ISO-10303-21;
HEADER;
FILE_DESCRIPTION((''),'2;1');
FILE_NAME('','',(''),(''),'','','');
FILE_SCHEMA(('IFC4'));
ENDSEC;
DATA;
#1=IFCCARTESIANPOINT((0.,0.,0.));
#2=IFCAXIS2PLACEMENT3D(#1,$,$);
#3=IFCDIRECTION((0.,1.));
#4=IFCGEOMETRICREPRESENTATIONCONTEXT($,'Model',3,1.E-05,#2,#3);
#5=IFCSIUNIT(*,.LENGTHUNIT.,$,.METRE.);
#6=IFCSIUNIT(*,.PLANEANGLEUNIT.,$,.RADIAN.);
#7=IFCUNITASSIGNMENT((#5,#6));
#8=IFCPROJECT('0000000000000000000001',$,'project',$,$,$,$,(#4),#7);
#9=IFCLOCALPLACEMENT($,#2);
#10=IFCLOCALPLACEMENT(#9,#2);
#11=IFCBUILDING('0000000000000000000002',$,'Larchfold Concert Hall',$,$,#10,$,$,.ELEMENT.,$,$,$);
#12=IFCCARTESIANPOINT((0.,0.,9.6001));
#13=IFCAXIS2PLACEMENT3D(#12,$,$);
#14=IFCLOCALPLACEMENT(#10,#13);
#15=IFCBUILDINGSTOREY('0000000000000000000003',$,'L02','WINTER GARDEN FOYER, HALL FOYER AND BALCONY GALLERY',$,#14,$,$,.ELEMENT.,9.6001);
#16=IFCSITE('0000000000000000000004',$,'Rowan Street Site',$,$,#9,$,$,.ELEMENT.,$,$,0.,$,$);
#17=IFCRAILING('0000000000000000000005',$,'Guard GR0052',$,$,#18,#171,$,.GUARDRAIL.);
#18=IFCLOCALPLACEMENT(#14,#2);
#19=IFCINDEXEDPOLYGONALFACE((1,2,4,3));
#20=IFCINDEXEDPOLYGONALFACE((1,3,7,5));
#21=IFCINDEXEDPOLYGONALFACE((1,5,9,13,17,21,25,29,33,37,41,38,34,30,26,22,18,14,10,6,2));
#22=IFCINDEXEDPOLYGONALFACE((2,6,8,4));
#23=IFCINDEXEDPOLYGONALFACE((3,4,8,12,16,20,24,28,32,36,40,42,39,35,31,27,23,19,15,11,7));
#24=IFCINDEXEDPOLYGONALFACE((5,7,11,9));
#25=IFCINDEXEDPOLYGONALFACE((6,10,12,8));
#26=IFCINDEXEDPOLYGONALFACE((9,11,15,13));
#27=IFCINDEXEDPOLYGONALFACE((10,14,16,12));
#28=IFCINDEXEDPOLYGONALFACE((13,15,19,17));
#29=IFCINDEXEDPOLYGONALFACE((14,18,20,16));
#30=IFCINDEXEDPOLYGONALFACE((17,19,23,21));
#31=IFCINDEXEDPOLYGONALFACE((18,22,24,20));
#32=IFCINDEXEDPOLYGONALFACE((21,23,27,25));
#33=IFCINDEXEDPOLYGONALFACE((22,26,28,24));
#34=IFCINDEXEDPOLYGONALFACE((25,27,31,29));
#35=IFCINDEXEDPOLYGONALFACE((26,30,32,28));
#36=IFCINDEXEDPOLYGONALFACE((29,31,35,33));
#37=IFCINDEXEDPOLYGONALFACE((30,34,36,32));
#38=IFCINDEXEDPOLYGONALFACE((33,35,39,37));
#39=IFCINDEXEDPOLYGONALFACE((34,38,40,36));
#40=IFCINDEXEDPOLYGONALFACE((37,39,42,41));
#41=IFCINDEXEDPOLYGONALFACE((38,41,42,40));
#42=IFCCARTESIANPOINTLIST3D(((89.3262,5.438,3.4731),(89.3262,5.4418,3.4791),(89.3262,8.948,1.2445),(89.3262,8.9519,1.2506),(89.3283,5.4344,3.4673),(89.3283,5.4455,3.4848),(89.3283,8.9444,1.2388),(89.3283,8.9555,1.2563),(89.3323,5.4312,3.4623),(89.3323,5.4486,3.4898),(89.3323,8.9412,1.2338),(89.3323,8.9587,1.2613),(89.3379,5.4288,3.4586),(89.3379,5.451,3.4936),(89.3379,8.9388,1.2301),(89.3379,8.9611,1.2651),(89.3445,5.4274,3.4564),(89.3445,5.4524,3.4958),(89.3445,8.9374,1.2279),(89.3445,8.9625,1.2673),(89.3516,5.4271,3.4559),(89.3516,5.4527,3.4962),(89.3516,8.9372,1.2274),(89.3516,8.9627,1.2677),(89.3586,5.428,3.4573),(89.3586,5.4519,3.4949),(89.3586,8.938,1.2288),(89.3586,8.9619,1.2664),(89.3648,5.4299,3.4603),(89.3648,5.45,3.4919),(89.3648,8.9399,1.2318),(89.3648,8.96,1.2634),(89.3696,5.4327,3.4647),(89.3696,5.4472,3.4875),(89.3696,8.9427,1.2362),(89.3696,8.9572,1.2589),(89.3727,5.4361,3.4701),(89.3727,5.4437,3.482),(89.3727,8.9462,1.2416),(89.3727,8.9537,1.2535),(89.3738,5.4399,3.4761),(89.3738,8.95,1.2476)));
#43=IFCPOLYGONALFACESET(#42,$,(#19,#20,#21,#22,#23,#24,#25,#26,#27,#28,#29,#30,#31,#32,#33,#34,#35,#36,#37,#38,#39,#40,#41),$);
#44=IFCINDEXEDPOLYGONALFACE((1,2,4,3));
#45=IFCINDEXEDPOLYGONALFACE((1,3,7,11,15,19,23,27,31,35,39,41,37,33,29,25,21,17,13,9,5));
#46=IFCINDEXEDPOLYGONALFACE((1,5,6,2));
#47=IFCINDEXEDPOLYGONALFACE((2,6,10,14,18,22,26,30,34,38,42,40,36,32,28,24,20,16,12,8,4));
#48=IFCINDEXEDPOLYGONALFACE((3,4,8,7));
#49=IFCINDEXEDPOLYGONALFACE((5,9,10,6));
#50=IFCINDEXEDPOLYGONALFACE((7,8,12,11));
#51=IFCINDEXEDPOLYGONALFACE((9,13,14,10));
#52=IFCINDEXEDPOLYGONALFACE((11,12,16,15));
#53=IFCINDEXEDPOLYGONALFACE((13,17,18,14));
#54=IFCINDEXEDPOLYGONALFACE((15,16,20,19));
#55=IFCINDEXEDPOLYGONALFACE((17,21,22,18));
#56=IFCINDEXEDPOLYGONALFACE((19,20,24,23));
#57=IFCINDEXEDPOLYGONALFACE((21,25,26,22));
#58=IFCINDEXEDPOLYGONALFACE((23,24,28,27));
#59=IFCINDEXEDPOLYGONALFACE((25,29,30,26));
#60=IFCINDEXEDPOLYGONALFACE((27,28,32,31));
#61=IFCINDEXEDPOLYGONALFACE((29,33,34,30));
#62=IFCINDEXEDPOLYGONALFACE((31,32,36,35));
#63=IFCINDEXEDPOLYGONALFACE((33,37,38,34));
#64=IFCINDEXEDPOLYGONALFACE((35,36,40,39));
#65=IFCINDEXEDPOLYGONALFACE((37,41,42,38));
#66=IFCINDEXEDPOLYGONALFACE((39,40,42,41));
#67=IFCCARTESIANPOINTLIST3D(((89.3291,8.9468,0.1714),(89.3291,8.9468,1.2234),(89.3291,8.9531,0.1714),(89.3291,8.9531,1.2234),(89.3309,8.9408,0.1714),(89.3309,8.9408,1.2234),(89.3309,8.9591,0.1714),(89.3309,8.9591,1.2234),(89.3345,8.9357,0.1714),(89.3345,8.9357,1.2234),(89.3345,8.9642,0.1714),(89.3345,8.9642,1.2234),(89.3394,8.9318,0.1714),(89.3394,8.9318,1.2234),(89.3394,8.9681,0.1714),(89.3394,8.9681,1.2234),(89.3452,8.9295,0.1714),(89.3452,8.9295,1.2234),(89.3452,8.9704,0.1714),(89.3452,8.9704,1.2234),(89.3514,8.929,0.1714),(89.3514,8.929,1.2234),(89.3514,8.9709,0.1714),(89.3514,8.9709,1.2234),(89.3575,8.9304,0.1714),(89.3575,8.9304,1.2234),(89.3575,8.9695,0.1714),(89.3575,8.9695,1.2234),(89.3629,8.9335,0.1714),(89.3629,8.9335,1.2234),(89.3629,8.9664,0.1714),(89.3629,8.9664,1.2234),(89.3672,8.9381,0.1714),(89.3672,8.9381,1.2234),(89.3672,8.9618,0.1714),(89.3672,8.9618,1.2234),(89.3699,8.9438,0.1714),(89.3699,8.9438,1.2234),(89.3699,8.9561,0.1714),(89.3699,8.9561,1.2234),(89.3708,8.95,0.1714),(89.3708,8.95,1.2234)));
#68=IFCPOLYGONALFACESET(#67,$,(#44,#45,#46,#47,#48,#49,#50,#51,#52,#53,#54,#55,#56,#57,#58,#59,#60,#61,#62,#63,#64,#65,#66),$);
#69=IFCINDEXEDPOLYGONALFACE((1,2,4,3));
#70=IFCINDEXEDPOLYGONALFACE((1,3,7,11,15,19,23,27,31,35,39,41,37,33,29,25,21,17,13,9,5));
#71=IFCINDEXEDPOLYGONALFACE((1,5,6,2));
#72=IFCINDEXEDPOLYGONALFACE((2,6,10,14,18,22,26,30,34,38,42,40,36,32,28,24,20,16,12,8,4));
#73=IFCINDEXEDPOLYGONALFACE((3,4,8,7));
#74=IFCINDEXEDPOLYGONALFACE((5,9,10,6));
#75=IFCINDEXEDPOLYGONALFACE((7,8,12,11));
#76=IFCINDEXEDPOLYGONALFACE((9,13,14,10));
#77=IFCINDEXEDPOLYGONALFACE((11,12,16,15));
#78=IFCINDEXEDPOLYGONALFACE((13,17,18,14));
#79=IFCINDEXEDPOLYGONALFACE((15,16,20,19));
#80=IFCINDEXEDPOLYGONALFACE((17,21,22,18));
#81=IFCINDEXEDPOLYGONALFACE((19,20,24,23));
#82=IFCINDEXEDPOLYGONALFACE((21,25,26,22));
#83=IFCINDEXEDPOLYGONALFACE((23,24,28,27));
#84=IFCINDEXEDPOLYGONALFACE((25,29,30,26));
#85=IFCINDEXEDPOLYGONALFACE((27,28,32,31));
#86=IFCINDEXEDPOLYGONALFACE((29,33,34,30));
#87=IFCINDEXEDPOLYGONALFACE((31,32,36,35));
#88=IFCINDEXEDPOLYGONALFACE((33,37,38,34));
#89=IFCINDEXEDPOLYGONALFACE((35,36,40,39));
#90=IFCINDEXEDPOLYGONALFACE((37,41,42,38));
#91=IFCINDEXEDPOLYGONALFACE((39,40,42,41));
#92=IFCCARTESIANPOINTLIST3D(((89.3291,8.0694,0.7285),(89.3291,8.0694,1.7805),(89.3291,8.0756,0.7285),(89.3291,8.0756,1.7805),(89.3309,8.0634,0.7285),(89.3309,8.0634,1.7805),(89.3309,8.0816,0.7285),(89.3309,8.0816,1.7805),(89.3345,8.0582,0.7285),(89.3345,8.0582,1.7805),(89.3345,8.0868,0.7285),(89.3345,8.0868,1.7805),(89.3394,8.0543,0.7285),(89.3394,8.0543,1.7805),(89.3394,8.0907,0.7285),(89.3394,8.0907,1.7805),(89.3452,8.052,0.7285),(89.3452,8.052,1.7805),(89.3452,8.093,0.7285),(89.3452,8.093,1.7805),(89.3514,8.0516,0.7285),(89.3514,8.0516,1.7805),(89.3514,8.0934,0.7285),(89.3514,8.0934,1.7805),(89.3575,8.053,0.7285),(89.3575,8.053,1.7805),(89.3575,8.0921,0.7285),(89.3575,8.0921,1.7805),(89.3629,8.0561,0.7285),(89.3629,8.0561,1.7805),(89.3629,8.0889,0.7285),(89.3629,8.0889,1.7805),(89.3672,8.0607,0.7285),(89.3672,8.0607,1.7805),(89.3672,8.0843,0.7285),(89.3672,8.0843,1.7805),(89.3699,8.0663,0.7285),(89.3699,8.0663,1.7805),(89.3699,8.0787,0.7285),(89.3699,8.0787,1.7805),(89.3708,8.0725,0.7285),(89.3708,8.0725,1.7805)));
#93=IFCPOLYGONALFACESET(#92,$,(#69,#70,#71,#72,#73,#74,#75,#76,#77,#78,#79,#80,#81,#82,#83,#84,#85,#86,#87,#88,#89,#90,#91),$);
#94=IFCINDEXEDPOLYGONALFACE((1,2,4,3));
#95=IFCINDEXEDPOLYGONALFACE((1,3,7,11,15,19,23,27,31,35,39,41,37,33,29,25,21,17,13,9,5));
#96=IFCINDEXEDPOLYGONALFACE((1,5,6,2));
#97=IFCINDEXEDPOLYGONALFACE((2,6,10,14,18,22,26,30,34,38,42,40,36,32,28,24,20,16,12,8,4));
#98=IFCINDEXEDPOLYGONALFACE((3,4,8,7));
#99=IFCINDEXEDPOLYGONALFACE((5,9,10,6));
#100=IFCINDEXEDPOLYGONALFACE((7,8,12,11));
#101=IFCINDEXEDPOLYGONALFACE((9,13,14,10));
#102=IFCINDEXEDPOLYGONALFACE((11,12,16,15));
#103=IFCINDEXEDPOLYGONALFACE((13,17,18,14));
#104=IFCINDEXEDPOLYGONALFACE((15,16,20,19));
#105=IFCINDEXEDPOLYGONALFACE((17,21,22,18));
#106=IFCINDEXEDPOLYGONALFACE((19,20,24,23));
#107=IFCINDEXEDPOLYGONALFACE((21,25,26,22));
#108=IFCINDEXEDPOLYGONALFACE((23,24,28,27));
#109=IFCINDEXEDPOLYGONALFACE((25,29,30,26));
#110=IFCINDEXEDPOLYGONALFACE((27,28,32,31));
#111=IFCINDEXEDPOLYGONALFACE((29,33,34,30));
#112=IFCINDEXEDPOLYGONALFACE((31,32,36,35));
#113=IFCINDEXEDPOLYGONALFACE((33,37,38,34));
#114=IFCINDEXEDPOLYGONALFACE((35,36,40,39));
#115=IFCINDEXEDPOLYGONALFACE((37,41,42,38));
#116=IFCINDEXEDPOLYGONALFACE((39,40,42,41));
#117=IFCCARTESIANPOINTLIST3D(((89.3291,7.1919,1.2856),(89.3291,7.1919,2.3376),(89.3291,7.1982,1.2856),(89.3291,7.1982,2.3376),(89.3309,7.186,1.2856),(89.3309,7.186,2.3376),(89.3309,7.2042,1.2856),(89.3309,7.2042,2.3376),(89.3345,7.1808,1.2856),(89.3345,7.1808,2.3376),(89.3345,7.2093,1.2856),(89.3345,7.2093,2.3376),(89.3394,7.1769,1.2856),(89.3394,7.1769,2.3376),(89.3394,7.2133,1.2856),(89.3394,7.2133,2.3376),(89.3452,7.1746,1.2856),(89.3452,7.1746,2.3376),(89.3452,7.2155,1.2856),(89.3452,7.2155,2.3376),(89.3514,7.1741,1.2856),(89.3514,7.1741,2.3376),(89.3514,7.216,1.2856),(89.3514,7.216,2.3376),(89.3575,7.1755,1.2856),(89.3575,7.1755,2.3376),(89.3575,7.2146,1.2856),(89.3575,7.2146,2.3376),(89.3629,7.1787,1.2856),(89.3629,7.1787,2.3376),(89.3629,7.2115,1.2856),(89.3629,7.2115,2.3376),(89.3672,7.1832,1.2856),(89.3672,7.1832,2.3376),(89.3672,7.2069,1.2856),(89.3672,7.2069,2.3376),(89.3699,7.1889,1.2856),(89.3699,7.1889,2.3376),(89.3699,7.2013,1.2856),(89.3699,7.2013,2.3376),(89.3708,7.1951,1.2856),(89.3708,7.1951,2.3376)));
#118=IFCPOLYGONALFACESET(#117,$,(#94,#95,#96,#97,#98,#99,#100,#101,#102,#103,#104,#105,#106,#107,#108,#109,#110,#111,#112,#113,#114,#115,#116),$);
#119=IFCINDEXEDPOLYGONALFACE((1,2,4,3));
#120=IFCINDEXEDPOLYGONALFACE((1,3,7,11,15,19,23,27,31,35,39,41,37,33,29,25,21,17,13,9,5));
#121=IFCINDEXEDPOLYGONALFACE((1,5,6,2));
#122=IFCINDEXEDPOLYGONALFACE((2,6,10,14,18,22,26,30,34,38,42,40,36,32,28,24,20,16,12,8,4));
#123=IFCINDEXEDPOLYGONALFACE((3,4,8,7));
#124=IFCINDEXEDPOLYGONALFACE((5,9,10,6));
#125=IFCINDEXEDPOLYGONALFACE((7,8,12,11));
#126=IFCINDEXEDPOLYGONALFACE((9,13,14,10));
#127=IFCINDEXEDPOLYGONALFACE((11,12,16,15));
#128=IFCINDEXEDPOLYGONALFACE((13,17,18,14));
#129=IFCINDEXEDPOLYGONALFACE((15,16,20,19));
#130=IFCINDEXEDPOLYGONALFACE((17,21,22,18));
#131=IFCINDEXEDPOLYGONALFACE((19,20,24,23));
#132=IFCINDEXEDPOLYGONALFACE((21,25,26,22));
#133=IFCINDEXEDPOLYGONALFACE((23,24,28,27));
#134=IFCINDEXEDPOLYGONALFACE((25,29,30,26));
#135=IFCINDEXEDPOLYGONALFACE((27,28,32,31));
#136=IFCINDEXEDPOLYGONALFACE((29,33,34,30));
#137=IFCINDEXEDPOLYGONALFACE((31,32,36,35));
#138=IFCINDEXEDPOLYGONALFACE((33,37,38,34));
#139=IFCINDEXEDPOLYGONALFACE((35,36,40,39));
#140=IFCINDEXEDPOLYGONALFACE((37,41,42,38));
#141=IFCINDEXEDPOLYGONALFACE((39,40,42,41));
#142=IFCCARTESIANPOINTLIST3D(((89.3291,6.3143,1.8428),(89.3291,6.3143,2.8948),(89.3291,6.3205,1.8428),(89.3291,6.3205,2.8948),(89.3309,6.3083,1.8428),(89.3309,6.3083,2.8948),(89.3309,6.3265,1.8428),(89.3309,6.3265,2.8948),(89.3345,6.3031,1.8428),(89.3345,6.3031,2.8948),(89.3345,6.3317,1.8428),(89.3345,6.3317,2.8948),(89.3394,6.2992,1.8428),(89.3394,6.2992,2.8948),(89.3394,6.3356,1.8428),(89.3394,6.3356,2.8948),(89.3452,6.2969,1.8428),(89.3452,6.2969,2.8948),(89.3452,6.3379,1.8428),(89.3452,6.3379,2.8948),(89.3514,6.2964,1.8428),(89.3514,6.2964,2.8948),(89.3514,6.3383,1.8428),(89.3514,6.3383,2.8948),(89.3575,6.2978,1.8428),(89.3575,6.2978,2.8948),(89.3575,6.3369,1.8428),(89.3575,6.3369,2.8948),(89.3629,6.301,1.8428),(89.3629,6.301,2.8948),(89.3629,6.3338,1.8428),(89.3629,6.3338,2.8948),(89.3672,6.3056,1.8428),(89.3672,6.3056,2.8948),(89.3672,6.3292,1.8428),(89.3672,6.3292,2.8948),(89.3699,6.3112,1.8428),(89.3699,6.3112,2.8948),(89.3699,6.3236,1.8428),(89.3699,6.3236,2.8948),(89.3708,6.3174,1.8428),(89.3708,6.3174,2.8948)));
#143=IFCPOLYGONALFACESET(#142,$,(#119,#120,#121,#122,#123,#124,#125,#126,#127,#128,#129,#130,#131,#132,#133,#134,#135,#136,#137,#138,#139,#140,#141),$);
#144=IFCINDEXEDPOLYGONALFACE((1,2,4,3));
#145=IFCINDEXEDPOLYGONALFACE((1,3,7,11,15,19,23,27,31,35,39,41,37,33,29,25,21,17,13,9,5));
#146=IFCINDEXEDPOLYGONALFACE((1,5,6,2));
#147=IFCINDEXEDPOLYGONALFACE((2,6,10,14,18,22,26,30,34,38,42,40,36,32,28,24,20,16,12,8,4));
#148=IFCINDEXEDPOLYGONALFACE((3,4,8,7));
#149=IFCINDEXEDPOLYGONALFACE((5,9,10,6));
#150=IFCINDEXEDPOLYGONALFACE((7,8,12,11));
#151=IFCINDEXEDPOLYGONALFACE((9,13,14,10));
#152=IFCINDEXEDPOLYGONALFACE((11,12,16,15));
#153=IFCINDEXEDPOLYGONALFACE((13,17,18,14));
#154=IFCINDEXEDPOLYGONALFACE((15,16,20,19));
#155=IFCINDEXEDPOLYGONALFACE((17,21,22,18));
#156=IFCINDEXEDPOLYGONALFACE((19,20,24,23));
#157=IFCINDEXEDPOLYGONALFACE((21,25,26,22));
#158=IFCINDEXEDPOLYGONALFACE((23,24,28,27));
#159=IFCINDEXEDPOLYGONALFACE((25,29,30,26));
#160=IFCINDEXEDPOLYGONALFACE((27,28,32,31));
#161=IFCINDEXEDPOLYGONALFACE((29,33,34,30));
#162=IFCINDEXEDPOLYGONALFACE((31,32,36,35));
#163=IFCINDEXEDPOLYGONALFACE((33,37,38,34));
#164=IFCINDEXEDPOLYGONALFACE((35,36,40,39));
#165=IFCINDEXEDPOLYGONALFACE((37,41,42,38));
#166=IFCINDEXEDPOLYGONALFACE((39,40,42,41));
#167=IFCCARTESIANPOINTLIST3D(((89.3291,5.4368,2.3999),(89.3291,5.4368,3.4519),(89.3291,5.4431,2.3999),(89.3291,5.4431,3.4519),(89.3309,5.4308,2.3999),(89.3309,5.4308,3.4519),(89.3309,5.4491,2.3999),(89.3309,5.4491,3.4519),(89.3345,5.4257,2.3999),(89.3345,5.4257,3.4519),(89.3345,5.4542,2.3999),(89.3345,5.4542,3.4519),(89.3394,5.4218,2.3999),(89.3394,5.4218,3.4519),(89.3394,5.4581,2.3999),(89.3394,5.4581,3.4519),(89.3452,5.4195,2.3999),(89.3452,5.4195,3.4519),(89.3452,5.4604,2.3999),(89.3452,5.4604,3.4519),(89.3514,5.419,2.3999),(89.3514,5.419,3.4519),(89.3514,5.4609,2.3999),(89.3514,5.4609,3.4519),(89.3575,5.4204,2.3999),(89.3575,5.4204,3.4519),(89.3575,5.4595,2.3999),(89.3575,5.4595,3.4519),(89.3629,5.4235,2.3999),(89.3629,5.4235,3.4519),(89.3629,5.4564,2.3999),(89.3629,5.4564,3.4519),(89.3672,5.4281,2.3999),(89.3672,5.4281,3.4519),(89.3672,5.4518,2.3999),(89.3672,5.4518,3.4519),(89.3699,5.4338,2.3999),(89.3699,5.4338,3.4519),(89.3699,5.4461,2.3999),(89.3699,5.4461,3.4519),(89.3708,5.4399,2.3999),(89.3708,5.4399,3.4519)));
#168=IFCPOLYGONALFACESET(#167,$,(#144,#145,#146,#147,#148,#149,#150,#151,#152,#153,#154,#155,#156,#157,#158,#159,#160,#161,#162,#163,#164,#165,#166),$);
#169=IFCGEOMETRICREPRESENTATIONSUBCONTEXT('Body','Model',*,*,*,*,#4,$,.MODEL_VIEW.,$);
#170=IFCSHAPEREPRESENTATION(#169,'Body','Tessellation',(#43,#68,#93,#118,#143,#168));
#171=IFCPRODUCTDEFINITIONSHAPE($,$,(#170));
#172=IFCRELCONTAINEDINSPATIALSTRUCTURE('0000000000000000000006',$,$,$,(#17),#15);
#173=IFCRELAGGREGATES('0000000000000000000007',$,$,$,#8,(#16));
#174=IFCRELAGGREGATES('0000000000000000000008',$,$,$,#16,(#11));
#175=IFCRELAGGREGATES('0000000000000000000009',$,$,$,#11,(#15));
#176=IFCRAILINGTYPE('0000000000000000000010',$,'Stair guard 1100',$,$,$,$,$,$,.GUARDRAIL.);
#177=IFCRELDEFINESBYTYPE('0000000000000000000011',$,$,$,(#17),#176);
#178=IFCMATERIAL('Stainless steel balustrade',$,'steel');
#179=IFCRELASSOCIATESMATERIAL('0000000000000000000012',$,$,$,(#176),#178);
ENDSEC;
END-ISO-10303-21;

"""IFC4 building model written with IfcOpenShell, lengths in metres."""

from ifc_helpers import new_model, si_unit, direction, frame, origin, origin_2d, place, context, subcontext, project, spatial, circle, extrude, material, type_object, element, save


model = new_model("IFC4")

# Units and contexts
model_context = context("Model", 3, precision=1e-05, world=origin(), true_north=direction((0.0, 1.0)))
body_context = subcontext(model_context, "Body", "Model", "MODEL_VIEW")
ifc_project = project(units=[si_unit("LENGTHUNIT", "METRE"), si_unit("PLANEANGLEUNIT", "RADIAN")], contexts=[model_context])

# Site, building, storey
site_placement = place(None, origin())
site = spatial("IfcSite", under=ifc_project, at=site_placement, Name="Rowan Street Site", CompositionType="ELEMENT", RefElevation=0.0)
building_placement = place(site_placement, origin())
building = spatial("IfcBuilding", under=site, at=building_placement, Name="Larchfold Concert Hall", CompositionType="ELEMENT")
storey_placement = place(building_placement, frame((0.0, 0.0, 9.6001)))
storey = spatial("IfcBuildingStorey", under=building, at=storey_placement, Name="L02", Description="WINTER GARDEN FOYER, HALL FOYER AND BALCONY GALLERY", CompositionType="ELEMENT", Elevation=9.6001)

# Railing
ifc_material_1 = material(Name="Stainless steel balustrade", Category="steel")
railing_type_1 = type_object("IfcRailingType", Name="Stair guard 1100", PredefinedType="GUARDRAIL", material=ifc_material_1)
railing_1_placement = place(storey_placement, frame((89.3499, 8.95, 0.1714)))
element("IfcRailing", 1, at=railing_1_placement, inside=storey, type_object=railing_type_1, Name="Guard GR0052", PredefinedType="GUARDRAIL", context=body_context, shape_type="SweptSolid", body=[
    extrude(circle(Radius=0.0239, at=origin_2d()), frame((0.0, 0.0, 1.0762), z_axis=(0.0, -0.84422, 0.535998), x_axis=(1.0, 0.0, 0.0)), (0.0, 0.0, 1.0), 4.1577),
    extrude(circle(Radius=0.021, at=origin_2d()), origin(), (0.0, 0.0, 1.0), 1.052),
    extrude(circle(Radius=0.021, at=origin_2d()), frame((0.0, -0.8774, 0.5571)), (0.0, 0.0, 1.0), 1.052),
    extrude(circle(Radius=0.021, at=origin_2d()), frame((0.0, -1.7549, 1.1143)), (0.0, 0.0, 1.0), 1.052),
    extrude(circle(Radius=0.021, at=origin_2d()), frame((0.0, -2.6326, 1.6714)), (0.0, 0.0, 1.0), 1.052),
    extrude(circle(Radius=0.021, at=origin_2d()), frame((0.0, -3.51, 2.2285)), (0.0, 0.0, 1.0), 1.052),
])

save(model, "model.ifc")
